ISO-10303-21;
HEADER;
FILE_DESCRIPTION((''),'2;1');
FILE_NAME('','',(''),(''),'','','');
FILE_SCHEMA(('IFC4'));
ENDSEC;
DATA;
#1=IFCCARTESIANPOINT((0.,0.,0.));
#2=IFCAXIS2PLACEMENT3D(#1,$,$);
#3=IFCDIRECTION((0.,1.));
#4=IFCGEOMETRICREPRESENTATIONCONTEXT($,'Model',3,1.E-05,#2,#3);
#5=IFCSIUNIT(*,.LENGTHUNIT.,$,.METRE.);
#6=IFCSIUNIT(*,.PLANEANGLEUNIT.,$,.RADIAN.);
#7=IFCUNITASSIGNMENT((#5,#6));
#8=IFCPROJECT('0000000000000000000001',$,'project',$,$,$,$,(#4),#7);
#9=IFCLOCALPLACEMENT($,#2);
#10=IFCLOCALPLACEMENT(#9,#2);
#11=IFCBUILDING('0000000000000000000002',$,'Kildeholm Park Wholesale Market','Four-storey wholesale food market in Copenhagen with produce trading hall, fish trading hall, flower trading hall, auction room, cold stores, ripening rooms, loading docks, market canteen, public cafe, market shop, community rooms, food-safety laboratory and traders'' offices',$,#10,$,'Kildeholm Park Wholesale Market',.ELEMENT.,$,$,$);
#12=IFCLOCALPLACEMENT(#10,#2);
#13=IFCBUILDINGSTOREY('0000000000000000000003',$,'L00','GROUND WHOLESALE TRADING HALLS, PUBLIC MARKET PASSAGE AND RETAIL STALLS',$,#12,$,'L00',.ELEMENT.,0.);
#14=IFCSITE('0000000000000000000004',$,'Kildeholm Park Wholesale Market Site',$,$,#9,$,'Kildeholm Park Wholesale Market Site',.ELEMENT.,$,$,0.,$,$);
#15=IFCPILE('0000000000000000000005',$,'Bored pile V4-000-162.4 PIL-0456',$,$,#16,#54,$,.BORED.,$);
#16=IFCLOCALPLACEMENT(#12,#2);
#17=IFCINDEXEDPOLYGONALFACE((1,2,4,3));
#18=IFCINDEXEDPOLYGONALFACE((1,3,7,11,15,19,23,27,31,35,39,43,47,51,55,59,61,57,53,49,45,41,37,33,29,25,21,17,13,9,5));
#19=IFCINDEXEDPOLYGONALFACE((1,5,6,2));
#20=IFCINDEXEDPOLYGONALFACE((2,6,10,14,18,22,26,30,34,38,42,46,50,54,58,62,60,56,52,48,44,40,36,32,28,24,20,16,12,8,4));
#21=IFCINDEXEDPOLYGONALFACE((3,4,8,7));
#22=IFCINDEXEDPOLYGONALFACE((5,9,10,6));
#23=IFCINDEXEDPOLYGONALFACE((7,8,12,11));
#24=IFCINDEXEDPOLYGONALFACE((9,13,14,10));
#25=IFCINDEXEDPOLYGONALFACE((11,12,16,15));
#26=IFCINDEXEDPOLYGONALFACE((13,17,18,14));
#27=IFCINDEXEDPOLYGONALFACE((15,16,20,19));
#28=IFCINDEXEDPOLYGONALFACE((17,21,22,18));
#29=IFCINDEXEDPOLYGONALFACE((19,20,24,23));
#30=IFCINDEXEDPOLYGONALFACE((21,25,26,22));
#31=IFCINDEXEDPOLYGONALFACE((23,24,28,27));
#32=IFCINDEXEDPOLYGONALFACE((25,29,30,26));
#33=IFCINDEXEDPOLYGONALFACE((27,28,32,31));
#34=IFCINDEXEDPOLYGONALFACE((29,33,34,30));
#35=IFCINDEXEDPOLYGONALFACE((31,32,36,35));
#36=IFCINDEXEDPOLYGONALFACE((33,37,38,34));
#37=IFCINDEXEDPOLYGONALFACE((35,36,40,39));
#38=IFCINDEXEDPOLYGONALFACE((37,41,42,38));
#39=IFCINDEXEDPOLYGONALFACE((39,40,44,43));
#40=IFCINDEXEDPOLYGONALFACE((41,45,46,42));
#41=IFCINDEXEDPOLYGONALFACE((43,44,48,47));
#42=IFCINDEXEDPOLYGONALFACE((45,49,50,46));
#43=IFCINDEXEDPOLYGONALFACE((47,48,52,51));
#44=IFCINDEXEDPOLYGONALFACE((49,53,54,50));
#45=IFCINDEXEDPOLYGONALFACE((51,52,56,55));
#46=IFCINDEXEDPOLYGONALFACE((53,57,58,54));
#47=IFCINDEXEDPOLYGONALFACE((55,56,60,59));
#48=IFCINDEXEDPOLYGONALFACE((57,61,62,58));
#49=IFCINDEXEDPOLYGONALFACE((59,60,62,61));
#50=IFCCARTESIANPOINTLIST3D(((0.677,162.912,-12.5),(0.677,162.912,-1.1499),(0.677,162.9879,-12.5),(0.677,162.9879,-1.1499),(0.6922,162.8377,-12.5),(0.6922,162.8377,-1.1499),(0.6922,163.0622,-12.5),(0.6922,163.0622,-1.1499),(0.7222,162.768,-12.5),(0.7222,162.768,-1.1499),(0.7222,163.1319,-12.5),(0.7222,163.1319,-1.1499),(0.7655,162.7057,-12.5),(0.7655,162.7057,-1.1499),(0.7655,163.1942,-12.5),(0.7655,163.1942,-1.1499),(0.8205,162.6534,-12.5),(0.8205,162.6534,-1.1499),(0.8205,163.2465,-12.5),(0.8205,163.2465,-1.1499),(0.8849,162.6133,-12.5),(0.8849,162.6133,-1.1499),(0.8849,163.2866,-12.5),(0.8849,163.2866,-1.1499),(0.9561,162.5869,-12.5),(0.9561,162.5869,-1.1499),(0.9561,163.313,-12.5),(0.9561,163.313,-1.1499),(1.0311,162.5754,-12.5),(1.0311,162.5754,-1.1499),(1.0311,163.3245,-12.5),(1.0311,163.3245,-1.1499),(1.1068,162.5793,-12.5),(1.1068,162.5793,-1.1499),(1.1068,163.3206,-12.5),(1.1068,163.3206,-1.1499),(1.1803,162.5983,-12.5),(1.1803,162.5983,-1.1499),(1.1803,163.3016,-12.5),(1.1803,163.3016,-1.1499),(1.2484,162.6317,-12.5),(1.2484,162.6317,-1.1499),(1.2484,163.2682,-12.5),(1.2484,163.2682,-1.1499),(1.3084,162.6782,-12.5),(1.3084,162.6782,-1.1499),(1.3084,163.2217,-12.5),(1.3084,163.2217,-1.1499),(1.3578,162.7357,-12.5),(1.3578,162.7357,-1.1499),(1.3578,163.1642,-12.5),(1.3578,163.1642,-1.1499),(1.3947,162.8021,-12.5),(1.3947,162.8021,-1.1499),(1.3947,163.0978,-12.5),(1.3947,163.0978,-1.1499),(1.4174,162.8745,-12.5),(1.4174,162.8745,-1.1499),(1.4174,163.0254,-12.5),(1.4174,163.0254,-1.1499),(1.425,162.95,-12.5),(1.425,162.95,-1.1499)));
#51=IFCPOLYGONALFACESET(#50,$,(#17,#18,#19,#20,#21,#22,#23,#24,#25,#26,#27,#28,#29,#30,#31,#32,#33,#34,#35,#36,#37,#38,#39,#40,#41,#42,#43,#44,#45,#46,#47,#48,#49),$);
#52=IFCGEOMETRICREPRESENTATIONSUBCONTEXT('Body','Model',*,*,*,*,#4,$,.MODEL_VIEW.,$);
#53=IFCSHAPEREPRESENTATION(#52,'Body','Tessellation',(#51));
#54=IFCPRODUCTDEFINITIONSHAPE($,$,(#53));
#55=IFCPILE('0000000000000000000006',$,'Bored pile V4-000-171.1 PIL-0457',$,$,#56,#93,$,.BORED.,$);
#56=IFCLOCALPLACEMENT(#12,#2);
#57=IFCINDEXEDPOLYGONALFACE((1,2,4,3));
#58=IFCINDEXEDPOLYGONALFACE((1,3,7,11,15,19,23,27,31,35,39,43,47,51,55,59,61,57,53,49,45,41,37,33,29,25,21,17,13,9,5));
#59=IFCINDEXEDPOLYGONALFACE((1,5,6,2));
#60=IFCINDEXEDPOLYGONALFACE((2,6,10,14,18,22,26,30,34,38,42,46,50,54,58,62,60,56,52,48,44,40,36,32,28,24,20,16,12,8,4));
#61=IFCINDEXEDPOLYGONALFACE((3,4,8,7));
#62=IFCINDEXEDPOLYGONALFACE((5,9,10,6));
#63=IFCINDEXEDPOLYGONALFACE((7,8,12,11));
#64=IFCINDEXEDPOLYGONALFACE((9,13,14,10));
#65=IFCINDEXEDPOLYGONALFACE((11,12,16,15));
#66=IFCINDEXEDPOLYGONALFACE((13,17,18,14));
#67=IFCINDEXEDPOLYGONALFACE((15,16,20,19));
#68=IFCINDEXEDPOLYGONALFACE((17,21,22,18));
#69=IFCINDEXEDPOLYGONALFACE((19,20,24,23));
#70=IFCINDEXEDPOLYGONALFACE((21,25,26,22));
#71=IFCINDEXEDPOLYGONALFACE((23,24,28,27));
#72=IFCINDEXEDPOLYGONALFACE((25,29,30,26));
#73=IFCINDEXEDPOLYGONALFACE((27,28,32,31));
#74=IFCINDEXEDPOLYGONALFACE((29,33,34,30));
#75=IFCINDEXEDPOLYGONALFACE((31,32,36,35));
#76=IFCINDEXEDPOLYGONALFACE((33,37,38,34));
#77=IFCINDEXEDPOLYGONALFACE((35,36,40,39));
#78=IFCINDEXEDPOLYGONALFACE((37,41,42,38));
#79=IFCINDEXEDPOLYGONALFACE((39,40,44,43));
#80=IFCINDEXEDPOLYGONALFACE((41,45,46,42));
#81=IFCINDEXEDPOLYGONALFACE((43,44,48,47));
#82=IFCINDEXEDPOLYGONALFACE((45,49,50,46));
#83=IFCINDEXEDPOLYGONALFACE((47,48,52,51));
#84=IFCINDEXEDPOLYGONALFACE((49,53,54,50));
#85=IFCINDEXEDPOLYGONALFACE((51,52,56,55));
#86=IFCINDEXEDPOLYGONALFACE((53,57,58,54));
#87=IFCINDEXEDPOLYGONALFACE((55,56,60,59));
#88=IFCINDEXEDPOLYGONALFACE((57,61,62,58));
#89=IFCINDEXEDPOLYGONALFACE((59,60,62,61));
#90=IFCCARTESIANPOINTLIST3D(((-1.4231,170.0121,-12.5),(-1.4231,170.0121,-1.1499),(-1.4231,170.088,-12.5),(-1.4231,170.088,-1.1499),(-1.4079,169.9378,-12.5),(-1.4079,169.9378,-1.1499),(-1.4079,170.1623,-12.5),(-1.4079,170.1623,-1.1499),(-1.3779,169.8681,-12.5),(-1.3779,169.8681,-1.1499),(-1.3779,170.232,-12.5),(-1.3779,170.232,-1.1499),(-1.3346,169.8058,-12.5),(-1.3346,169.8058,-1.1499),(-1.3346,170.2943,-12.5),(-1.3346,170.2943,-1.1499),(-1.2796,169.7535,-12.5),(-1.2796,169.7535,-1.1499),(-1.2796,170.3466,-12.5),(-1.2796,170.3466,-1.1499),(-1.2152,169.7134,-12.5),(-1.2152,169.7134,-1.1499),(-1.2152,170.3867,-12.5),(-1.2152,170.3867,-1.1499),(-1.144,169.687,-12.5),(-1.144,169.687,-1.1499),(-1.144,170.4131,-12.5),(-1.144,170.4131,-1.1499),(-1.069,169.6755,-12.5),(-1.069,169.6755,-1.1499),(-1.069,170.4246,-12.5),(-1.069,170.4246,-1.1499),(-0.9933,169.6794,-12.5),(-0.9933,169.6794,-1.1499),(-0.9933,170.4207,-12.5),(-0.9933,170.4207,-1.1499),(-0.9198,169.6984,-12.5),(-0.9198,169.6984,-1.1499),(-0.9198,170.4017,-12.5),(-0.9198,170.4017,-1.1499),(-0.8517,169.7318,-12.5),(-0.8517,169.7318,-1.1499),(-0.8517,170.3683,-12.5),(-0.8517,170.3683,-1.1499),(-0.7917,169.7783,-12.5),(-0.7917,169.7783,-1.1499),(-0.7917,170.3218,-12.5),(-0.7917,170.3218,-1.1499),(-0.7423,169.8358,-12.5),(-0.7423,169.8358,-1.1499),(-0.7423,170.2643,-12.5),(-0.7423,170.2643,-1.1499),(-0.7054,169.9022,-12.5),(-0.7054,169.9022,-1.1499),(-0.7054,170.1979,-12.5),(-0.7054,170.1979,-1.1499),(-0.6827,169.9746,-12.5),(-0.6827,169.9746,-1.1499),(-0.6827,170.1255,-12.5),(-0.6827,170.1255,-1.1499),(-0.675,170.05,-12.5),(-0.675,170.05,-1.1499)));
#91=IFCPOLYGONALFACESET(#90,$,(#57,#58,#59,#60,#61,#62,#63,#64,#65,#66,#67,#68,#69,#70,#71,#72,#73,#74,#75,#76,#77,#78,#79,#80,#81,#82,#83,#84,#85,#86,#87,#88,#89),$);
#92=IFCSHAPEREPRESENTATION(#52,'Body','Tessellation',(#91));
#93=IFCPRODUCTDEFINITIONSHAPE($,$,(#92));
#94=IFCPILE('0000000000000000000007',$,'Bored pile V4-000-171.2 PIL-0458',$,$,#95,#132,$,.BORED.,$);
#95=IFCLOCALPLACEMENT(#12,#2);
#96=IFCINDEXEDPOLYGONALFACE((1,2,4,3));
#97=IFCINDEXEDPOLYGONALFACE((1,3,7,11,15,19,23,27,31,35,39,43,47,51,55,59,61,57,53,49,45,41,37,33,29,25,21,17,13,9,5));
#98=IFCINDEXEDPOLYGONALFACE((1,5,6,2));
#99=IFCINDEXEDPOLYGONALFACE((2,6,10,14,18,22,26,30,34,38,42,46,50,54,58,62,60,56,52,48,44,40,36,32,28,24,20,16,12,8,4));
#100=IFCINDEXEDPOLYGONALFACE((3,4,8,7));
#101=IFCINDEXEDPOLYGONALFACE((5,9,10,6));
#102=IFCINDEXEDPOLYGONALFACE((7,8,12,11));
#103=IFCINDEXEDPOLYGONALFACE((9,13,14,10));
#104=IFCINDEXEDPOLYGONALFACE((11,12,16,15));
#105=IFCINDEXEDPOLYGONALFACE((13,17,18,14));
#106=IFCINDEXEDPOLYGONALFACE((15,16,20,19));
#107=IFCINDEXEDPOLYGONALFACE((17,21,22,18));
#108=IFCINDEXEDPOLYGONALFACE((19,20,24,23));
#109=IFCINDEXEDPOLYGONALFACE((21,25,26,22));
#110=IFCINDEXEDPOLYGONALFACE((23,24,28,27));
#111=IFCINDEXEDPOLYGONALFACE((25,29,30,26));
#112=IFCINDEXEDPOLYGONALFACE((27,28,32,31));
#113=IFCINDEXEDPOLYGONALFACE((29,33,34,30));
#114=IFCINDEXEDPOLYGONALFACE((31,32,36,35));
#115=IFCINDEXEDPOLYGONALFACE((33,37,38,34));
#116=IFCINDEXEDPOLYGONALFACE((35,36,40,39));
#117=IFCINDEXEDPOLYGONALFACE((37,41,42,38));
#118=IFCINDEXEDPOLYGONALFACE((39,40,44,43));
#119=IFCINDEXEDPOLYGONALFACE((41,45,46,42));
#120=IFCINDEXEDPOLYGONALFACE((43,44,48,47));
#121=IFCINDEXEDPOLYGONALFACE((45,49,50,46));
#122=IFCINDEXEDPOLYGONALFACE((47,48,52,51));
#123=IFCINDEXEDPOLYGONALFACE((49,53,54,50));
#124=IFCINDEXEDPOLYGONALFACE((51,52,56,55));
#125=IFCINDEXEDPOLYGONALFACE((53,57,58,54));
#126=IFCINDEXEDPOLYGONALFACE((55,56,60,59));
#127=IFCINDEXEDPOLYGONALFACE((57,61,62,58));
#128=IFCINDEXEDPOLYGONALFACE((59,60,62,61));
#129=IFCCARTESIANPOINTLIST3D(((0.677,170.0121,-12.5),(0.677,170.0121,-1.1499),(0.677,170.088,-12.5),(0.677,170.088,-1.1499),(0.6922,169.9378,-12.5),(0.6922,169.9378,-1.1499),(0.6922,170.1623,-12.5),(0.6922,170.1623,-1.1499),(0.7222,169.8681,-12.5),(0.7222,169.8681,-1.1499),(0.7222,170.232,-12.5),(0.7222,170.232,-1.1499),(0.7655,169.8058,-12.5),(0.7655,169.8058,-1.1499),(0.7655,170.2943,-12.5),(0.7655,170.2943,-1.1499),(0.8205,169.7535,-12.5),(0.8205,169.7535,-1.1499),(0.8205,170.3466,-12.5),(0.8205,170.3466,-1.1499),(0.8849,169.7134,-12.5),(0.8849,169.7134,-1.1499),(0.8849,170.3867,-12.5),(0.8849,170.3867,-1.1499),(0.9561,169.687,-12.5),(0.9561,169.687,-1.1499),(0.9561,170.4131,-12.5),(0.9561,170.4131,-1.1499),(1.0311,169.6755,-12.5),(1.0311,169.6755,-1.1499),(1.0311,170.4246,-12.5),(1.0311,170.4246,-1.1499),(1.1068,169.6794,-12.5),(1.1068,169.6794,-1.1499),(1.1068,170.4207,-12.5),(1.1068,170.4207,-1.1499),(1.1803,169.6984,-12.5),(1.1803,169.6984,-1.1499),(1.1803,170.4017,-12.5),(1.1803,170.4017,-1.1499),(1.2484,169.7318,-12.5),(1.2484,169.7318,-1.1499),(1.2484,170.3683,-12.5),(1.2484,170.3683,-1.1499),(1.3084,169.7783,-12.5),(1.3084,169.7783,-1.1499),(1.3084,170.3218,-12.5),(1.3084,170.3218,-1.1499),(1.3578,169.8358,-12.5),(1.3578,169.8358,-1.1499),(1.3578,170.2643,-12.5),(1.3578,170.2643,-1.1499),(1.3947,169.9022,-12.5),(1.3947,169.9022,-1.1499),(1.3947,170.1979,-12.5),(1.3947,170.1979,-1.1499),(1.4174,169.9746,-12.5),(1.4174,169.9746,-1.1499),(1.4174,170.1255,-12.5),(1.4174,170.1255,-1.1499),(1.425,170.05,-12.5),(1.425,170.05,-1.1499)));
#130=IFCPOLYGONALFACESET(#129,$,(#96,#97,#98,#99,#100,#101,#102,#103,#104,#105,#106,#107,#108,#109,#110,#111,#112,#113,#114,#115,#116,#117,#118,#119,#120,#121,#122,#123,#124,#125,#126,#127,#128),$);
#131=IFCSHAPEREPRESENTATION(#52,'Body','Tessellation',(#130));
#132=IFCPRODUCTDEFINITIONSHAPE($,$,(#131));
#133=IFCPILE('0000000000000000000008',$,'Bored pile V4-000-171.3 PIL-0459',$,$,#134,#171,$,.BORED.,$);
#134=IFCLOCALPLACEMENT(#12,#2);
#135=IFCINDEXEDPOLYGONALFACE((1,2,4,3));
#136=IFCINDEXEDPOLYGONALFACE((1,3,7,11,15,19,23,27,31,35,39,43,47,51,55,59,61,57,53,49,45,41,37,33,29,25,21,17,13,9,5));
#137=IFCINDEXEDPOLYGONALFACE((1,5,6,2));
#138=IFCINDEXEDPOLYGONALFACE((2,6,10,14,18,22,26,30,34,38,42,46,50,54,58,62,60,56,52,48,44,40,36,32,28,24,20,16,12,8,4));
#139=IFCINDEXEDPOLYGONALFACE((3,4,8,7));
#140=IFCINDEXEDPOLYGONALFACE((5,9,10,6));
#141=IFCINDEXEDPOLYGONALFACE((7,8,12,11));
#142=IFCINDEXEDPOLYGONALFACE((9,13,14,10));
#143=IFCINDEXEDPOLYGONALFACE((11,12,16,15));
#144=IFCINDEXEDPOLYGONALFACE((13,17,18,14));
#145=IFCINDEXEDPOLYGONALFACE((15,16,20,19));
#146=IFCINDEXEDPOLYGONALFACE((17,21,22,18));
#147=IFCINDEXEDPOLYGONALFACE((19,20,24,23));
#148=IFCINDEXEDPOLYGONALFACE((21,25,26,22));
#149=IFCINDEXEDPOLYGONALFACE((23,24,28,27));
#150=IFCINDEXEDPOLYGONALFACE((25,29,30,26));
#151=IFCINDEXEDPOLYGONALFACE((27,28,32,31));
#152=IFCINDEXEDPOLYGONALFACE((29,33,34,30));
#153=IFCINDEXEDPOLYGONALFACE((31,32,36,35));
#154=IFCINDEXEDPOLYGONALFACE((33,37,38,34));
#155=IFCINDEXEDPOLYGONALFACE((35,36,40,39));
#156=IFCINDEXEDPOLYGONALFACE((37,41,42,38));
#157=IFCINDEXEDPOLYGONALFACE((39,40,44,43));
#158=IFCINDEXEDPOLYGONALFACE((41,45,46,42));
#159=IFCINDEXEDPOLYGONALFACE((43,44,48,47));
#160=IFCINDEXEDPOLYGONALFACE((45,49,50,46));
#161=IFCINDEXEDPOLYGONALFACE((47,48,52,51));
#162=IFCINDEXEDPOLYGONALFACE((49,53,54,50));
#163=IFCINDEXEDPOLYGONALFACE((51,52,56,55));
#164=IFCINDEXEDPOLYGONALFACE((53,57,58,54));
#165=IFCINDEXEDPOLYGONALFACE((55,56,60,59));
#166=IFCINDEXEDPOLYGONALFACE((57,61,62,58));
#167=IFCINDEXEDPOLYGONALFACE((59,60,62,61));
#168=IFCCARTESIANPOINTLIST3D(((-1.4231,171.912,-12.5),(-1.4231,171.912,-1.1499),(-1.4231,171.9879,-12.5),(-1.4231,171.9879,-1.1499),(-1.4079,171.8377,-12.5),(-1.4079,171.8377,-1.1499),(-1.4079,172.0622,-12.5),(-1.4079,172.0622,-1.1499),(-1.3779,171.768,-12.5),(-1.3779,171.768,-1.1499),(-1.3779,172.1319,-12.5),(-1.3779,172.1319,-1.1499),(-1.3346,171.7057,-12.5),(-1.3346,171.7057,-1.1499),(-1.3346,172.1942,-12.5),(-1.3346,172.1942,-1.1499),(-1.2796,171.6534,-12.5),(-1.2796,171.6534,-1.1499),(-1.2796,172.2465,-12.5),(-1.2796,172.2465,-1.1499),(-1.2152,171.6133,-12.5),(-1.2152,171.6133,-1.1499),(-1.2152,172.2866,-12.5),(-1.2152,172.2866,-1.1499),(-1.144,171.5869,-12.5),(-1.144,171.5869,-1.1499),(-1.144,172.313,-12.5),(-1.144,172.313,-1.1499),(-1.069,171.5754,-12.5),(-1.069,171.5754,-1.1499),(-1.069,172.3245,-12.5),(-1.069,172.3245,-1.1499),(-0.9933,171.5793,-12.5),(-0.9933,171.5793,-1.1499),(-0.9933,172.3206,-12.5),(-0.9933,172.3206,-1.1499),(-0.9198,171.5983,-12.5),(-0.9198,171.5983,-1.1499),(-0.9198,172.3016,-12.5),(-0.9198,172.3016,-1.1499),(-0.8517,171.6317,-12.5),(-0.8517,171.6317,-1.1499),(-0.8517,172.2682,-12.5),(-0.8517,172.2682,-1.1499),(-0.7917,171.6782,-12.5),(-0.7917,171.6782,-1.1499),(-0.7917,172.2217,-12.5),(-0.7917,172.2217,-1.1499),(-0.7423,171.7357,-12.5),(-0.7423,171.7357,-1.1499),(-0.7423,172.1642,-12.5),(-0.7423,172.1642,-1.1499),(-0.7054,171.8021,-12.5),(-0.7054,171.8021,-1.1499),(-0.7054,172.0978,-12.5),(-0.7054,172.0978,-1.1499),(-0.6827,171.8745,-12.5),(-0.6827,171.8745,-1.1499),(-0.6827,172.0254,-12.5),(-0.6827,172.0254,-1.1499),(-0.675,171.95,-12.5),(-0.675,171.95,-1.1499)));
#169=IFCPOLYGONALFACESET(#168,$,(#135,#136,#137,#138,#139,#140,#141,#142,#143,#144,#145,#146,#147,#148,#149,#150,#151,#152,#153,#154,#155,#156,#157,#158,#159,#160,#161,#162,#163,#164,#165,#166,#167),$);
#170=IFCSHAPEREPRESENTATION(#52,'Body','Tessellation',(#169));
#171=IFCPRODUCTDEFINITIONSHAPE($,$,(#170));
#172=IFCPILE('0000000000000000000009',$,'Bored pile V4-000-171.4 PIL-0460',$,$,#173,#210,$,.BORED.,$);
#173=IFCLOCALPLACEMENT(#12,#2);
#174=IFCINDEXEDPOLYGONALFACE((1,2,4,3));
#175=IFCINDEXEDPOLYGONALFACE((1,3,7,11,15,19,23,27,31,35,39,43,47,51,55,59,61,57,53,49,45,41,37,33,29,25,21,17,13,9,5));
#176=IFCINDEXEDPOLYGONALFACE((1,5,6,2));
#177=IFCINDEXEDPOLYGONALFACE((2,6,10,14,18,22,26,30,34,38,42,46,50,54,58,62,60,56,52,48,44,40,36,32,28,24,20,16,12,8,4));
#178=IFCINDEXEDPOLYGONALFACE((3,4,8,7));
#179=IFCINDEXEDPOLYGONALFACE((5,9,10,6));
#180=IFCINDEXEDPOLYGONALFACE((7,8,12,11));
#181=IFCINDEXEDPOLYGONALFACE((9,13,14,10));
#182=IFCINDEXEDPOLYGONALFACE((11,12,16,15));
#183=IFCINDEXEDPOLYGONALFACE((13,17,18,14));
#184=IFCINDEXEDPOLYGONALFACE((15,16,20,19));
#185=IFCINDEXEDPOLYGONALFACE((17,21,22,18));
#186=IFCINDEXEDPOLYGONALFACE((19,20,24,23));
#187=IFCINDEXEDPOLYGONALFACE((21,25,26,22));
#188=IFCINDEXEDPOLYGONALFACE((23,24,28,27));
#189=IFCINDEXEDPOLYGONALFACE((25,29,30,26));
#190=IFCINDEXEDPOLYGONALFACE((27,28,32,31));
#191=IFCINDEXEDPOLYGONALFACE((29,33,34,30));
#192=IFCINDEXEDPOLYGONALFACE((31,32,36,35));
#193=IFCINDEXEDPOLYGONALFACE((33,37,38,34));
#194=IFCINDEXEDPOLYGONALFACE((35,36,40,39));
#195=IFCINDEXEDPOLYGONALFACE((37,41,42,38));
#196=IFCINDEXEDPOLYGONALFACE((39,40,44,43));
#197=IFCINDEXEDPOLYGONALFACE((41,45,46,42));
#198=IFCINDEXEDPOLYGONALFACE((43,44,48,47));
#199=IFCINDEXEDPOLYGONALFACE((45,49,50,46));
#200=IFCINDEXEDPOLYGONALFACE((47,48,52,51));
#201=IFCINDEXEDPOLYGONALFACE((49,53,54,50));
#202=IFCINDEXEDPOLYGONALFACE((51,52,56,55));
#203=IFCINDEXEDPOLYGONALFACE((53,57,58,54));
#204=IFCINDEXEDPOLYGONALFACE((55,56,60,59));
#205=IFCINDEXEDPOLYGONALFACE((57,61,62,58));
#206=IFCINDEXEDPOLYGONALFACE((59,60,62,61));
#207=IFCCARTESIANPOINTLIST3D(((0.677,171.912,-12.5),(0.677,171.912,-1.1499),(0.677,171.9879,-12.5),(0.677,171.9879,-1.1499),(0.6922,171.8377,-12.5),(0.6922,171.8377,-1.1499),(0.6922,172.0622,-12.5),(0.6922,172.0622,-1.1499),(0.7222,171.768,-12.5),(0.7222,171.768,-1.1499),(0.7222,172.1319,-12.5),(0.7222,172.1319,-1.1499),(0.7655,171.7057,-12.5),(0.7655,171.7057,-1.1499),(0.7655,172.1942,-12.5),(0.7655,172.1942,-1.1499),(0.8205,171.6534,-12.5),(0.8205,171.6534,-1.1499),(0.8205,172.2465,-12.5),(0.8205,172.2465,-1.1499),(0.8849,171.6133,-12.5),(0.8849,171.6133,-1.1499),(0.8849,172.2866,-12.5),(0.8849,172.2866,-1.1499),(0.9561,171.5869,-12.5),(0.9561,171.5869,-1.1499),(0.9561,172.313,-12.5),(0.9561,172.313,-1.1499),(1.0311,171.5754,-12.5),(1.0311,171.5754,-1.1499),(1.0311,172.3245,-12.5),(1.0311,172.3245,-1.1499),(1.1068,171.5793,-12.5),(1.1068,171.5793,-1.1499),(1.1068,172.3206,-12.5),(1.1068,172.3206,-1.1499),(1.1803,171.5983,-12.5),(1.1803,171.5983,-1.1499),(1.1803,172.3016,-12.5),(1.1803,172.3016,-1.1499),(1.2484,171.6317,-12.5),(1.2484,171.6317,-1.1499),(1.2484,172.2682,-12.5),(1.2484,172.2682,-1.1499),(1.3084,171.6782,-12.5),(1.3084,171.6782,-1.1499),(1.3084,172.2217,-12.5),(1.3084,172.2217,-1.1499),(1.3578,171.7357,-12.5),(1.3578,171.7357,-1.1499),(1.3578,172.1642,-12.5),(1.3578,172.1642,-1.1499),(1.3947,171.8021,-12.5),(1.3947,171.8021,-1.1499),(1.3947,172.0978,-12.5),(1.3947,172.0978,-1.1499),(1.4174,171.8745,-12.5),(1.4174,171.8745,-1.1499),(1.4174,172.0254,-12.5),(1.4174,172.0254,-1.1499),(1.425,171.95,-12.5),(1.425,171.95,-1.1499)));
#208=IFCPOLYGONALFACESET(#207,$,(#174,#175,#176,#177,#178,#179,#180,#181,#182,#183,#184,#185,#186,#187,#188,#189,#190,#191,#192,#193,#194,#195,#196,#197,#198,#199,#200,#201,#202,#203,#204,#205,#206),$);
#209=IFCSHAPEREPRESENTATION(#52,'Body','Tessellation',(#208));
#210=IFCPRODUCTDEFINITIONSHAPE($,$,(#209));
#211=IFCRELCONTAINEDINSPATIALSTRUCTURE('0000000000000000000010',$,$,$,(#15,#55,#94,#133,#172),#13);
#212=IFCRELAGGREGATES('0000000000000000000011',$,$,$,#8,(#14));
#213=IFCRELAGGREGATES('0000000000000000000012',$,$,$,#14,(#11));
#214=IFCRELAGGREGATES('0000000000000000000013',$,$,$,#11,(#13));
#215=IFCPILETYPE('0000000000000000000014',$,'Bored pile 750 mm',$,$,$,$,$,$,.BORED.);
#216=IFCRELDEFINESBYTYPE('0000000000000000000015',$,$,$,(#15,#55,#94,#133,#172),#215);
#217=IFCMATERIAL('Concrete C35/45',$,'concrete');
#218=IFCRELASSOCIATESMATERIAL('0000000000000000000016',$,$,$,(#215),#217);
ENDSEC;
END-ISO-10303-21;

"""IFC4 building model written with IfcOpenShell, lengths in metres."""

from ifc_helpers import new_model, si_unit, direction, frame, origin, origin_2d, place, context, subcontext, project, spatial, circle, extrude, material, material_profile, profile_set, type_object, element, save


model = new_model("IFC4")

# Units and contexts
model_context = context("Model", 3, precision=1e-05, world=origin(), true_north=direction((0.0, 1.0)))
body_context = subcontext(model_context, "Body", "Model", "MODEL_VIEW")
ifc_project = project(units=[si_unit("LENGTHUNIT", "METRE"), si_unit("PLANEANGLEUNIT", "RADIAN")], contexts=[model_context])

# Site, building, storey
site_placement = place(None, origin())
site = spatial("IfcSite", under=ifc_project, at=site_placement, Name="Kildeholm Park Wholesale Market Site", LongName="Kildeholm Park Wholesale Market Site", CompositionType="ELEMENT", RefElevation=0.0)
building_placement = place(site_placement, origin())
building = spatial("IfcBuilding", under=site, at=building_placement, Name="Kildeholm Park Wholesale Market", Description="Four-storey wholesale food market in Copenhagen with produce trading hall, fish trading hall, flower trading hall, auction room, cold stores, ripening rooms, loading docks, market canteen, public cafe, market shop, community rooms, food-safety laboratory and traders' offices", LongName="Kildeholm Park Wholesale Market", CompositionType="ELEMENT")
storey_placement = place(building_placement, origin())
storey = spatial("IfcBuildingStorey", under=building, at=storey_placement, Name="L00", Description="GROUND WHOLESALE TRADING HALLS, PUBLIC MARKET PASSAGE AND RETAIL STALLS", LongName="L00", CompositionType="ELEMENT", Elevation=0.0)

# Piles
ifc_material_1 = material(Name="Concrete C35/45", Category="concrete")
ifc_material_profile_1 = material_profile(ifc_material_1, circle(Radius=0.375, at=origin_2d()), Name="PILE D750")
ifc_profile_set_1 = profile_set([ifc_material_profile_1], Name="Concrete C35/45")
pile_type = type_object("IfcPileType", Name="Bored pile 750 mm", PredefinedType="BORED", material=ifc_profile_set_1)
for number, where, z_axis, x_axis, name in (
    (1, (1.05, 162.95, -1.1499), (0.0, 0.0, -1.0), (1.0, 0.0, 0.0), "Bored pile V4-000-162.4 PIL-0456"),
    (2, (-1.05, 170.05, -1.1499), (0.0, 0.0, -1.0), (1.0, 0.0, 0.0), "Bored pile V4-000-171.1 PIL-0457"),
    (3, (1.05, 170.05, -1.1499), (0.0, 0.0, -1.0), (1.0, 0.0, 0.0), "Bored pile V4-000-171.2 PIL-0458"),
    (4, (-1.05, 171.95, -1.1499), (0.0, 0.0, -1.0), (1.0, 0.0, 0.0), "Bored pile V4-000-171.3 PIL-0459"),
    (5, (1.05, 171.95, -1.1499), (0.0, 0.0, -1.0), (1.0, 0.0, 0.0), "Bored pile V4-000-171.4 PIL-0460"),
):
    element("IfcPile", number, at=place(storey_placement, frame(where, z_axis=z_axis, x_axis=x_axis)), inside=storey, type_object=pile_type, Name=name, PredefinedType="BORED", context=body_context, shape_type="SweptSolid", body=[
        extrude(circle(Radius=0.375, at=origin_2d()), origin(), (0.0, 0.0, 1.0), 11.3501),
    ])

save(model, "model.ifc")
